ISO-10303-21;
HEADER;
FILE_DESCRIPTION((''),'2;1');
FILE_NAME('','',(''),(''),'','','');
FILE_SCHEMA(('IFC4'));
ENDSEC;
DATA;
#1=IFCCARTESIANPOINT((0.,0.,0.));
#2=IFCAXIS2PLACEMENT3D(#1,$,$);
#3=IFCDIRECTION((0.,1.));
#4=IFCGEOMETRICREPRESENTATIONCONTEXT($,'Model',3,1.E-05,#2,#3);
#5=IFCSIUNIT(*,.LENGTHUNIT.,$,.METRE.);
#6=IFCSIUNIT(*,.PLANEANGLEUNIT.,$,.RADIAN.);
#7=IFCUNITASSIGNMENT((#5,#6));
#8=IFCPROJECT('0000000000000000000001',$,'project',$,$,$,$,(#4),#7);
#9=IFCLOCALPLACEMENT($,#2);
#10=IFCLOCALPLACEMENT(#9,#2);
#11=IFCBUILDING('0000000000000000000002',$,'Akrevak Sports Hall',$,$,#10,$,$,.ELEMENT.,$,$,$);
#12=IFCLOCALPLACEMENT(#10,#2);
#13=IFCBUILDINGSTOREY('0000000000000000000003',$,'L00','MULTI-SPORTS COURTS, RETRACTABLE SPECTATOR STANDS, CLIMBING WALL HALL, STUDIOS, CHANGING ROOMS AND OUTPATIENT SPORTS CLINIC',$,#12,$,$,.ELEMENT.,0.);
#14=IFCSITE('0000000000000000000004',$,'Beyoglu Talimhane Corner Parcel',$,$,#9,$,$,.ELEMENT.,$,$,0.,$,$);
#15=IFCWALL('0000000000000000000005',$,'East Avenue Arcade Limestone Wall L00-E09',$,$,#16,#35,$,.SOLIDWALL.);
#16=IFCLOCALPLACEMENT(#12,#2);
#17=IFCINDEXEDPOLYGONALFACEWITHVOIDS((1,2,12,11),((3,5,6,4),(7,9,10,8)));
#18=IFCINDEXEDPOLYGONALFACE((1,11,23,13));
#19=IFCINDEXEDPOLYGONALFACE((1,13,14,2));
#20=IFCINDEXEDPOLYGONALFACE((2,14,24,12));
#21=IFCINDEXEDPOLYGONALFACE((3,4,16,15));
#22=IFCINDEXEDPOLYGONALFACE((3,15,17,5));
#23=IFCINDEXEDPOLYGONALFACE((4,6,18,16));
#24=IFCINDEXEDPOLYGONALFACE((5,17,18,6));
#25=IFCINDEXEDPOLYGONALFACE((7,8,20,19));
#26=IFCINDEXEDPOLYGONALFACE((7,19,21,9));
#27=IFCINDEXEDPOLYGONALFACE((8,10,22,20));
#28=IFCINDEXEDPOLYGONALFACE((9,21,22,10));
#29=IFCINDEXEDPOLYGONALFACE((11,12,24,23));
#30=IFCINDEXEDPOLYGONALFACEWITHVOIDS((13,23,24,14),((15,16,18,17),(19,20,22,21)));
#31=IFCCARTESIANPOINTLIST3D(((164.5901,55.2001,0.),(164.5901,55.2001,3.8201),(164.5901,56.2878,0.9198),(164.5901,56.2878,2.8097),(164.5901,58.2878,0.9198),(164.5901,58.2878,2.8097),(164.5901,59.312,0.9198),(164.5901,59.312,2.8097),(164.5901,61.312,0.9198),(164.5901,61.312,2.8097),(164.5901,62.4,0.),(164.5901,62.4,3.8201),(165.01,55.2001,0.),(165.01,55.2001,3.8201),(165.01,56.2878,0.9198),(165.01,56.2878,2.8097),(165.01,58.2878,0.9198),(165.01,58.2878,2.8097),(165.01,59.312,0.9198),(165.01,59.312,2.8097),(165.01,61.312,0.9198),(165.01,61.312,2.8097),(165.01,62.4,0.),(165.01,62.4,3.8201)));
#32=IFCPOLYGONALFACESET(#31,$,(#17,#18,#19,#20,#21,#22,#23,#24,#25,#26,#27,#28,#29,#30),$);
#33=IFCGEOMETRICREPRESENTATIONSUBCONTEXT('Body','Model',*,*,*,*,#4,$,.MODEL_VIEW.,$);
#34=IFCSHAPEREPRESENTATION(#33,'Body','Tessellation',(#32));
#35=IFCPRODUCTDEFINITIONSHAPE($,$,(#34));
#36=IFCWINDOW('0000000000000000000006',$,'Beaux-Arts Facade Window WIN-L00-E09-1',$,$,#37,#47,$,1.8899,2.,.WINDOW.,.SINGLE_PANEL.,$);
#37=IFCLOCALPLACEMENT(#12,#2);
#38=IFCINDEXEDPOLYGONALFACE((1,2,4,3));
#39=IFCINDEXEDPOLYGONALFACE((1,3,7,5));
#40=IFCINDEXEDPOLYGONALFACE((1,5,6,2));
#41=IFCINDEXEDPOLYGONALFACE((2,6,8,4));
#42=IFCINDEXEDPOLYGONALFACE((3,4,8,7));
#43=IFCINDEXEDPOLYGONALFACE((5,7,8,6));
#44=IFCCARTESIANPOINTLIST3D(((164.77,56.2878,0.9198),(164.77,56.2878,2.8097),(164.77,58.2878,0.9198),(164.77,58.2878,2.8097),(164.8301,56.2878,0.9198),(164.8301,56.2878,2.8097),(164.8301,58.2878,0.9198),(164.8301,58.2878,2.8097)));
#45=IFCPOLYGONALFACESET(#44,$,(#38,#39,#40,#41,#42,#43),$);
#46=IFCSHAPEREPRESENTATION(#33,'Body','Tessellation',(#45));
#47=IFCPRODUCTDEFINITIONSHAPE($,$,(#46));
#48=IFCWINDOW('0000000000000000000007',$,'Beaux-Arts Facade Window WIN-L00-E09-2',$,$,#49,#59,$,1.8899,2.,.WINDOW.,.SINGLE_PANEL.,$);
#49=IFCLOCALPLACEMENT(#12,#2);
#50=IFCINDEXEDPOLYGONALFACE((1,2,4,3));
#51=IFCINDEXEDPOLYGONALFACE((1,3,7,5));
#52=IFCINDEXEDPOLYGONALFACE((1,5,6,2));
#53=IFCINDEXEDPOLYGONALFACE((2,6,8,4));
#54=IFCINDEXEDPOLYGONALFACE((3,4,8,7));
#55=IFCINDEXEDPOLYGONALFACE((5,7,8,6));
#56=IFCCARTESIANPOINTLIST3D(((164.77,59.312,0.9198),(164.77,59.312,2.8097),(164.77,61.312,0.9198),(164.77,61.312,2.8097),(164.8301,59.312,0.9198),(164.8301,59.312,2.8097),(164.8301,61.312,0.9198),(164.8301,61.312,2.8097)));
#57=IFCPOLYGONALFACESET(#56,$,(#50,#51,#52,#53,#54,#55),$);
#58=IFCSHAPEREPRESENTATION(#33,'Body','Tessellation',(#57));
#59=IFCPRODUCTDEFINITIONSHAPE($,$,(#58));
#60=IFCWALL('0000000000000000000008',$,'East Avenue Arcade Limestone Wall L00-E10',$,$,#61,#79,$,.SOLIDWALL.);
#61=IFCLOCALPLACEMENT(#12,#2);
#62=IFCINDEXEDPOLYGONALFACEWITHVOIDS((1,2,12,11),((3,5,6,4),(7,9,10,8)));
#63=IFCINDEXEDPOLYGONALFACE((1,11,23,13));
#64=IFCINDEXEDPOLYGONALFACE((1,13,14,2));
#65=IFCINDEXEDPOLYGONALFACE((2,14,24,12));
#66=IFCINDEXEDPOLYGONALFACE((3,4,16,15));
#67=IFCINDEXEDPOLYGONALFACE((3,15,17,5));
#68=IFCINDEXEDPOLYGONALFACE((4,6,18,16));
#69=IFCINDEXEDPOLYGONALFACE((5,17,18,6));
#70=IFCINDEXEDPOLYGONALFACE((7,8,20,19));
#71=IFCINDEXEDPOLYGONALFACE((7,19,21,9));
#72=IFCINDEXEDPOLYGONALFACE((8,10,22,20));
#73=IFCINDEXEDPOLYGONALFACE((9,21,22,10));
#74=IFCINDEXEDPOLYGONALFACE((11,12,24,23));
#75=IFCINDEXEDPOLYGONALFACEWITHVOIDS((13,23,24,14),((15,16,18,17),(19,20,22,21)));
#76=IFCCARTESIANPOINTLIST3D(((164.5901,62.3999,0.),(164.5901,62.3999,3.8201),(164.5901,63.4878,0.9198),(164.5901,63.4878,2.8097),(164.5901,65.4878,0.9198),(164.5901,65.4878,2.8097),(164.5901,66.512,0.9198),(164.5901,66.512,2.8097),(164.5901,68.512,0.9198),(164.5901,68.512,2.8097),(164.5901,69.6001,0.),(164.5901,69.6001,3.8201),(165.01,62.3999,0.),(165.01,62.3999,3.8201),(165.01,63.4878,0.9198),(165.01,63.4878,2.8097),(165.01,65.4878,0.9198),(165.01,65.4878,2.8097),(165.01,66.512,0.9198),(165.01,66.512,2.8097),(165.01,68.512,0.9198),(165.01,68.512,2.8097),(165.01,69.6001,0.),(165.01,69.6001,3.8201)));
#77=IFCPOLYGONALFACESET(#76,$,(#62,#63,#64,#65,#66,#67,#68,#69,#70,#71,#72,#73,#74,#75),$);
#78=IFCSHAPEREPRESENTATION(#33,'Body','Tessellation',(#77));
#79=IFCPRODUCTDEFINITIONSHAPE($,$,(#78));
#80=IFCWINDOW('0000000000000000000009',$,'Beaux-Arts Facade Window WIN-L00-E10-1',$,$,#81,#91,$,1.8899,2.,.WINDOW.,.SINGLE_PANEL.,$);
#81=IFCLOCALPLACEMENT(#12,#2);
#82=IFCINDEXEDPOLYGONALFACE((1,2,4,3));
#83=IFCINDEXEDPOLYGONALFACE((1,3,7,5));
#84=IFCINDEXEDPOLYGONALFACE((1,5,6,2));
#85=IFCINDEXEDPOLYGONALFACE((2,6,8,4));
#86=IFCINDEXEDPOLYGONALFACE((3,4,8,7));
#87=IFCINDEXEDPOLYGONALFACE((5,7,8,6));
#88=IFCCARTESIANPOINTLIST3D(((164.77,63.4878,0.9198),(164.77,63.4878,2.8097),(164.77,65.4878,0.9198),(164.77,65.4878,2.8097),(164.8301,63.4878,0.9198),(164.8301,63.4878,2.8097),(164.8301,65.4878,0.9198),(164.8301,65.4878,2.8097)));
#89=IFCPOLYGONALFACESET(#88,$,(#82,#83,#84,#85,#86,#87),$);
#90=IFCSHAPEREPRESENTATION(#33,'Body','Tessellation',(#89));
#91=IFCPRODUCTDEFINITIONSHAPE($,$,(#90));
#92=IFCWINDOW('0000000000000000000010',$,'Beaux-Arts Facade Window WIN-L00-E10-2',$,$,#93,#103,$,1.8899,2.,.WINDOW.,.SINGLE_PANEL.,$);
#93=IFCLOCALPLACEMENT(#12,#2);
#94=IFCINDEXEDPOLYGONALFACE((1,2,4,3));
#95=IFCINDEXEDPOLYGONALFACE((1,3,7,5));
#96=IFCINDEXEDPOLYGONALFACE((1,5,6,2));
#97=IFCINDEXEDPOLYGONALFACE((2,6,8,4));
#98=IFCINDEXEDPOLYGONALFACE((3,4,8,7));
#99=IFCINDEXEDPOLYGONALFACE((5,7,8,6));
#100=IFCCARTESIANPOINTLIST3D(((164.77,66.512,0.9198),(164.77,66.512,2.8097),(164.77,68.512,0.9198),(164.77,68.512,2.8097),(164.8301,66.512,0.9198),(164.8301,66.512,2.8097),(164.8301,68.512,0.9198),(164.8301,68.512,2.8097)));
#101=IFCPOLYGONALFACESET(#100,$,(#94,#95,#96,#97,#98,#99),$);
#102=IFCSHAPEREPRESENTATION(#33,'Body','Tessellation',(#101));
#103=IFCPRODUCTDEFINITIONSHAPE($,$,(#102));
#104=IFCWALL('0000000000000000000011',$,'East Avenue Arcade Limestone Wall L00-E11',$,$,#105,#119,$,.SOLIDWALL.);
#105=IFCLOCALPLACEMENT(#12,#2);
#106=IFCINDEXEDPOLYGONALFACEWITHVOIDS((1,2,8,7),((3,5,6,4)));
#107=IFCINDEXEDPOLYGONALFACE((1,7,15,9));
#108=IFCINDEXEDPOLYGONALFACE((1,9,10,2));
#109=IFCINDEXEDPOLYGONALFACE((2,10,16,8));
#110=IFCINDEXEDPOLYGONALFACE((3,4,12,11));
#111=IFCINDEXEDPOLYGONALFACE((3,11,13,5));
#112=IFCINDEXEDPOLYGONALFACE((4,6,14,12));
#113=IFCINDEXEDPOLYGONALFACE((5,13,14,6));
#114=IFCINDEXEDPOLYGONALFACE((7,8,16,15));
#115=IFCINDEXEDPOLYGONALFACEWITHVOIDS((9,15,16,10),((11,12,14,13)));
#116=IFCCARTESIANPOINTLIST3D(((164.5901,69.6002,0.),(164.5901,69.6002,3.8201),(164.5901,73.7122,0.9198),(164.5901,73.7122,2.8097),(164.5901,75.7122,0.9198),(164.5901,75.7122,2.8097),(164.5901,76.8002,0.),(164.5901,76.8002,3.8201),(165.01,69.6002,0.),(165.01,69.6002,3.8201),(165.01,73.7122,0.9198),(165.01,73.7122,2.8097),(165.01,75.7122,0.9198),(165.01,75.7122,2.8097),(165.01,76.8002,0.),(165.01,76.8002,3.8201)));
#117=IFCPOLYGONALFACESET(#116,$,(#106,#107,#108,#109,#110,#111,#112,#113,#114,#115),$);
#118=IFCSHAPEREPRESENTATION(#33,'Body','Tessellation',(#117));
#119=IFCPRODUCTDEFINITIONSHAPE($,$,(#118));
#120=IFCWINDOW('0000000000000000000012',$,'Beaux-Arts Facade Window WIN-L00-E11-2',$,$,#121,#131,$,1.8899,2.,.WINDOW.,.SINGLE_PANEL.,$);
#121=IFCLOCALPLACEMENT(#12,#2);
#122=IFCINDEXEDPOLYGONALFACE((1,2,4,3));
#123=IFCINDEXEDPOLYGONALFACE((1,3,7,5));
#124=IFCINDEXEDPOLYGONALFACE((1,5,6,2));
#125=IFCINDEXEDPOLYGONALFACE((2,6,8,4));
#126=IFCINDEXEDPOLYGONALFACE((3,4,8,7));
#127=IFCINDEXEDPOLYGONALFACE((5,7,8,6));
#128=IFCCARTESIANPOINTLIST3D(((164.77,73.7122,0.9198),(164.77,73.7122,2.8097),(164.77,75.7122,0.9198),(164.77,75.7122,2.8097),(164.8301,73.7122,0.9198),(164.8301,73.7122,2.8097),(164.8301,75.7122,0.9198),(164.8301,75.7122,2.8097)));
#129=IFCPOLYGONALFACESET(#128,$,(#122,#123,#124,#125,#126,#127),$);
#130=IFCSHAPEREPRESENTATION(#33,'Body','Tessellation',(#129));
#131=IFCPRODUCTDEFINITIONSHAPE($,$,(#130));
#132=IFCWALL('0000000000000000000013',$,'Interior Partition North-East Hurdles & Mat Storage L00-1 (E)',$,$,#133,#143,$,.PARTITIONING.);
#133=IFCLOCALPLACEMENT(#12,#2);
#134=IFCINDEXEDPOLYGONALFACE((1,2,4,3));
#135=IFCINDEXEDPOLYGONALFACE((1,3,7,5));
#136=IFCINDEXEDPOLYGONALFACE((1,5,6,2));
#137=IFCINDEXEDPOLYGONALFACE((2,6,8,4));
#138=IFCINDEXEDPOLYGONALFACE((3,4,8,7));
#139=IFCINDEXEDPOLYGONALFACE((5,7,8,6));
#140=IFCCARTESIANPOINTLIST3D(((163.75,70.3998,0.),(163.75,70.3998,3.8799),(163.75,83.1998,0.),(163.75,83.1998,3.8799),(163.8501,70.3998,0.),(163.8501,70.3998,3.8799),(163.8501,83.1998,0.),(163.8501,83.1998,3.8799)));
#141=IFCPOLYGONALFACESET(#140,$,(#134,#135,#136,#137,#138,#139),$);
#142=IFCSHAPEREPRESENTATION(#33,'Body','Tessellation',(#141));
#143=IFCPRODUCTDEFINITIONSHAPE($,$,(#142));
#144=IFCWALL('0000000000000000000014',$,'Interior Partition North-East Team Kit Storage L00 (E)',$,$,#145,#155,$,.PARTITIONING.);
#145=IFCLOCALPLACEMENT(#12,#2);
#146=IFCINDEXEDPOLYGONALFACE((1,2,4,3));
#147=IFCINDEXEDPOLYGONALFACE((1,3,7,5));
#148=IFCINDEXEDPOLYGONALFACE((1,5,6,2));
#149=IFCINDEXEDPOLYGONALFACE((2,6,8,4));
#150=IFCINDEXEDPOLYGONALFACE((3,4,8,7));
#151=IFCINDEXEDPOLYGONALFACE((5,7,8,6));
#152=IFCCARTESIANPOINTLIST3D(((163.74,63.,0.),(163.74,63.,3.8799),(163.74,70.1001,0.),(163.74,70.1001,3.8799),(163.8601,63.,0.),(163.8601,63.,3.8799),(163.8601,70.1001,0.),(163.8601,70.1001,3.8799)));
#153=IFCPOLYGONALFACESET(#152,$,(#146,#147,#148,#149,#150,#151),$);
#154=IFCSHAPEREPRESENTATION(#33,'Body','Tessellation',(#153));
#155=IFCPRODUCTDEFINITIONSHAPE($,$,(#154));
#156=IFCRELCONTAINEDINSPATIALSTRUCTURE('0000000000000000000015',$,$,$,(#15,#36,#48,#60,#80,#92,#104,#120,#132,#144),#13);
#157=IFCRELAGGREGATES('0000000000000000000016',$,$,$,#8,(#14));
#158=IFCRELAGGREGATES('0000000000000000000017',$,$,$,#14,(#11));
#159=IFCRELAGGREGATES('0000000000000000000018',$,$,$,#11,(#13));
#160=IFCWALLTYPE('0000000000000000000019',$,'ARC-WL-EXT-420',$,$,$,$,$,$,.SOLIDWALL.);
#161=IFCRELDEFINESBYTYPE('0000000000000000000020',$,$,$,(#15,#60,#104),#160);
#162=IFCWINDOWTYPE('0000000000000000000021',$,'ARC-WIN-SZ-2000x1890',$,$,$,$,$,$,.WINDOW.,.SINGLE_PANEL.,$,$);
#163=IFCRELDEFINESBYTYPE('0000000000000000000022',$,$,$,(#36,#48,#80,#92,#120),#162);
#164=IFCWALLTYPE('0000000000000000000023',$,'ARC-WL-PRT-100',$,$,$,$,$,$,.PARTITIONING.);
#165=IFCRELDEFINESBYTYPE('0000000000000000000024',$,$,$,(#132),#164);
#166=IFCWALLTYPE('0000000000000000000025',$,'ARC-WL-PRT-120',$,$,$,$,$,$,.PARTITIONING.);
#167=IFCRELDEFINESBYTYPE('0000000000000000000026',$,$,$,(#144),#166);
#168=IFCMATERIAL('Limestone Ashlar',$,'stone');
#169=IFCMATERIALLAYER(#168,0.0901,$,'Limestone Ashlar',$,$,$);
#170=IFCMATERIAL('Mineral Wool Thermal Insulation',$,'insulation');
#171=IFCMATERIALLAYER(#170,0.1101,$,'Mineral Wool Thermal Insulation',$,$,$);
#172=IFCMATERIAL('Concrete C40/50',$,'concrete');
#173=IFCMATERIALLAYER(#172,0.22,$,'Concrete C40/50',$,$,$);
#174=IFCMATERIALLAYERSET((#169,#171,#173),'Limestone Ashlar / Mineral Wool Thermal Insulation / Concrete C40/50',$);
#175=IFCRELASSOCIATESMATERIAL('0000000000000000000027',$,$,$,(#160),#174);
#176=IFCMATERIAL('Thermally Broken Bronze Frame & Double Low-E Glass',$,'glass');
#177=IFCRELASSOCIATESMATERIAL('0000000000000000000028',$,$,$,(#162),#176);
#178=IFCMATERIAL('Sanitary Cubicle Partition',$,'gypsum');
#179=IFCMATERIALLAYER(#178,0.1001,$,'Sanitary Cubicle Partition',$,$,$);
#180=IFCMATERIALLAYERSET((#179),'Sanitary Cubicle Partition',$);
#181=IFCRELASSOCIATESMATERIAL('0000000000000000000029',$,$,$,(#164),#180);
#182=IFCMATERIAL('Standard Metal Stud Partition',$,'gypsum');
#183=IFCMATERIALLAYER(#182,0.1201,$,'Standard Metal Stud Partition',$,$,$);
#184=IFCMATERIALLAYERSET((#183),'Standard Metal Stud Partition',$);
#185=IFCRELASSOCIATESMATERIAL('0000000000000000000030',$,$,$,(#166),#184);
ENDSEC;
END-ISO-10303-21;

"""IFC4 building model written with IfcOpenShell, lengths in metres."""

from ifc_helpers import new_model, si_unit, direction, frame, frame_2d, origin, place, context, subcontext, project, spatial, rectangle, extrude, material, layer, layer_set, type_object, element, fill, save


model = new_model("IFC4")

# Units and contexts
model_context = context("Model", 3, precision=1e-05, world=origin(), true_north=direction((0.0, 1.0)))
body_context = subcontext(model_context, "Body", "Model", "MODEL_VIEW")
ifc_project = project(units=[si_unit("LENGTHUNIT", "METRE"), si_unit("PLANEANGLEUNIT", "RADIAN")], contexts=[model_context])

# Site, building, storey
site_placement = place(None, origin())
site = spatial("IfcSite", under=ifc_project, at=site_placement, Name="Beyoglu Talimhane Corner Parcel", CompositionType="ELEMENT", RefElevation=0.0)
building_placement = place(site_placement, origin())
building = spatial("IfcBuilding", under=site, at=building_placement, Name="Akrevak Sports Hall", CompositionType="ELEMENT")
storey_placement = place(building_placement, origin())
storey = spatial("IfcBuildingStorey", under=building, at=storey_placement, Name="L00", Description="MULTI-SPORTS COURTS, RETRACTABLE SPECTATOR STANDS, CLIMBING WALL HALL, STUDIOS, CHANGING ROOMS AND OUTPATIENT SPORTS CLINIC", CompositionType="ELEMENT", Elevation=0.0)

# Shared definitions
ifc_material_1 = material(Name="Concrete C40/50", Category="concrete")

# Walls, openings, windows
ifc_material_2 = material(Name="Limestone Ashlar", Category="stone")
ifc_layer_1 = layer(ifc_material_2, 0.0901, Name="Limestone Ashlar")
ifc_material_3 = material(Name="Mineral Wool Thermal Insulation", Category="insulation")
ifc_layer_2 = layer(ifc_material_3, 0.1101, Name="Mineral Wool Thermal Insulation")
ifc_layer_3 = layer(ifc_material_1, 0.22, Name="Concrete C40/50")
ifc_layer_set_1 = layer_set([ifc_layer_1, ifc_layer_2, ifc_layer_3], Name="Limestone Ashlar / Mineral Wool Thermal Insulation / Concrete C40/50")
wall_type_1 = type_object("IfcWallType", Name="ARC-WL-EXT-420", PredefinedType="SOLIDWALL", material=ifc_layer_set_1)
wall_1_placement = place(storey_placement, frame((164.8, 55.2, 0.0), z_axis=(0.0, 0.0, 1.0), x_axis=(0.0, 1.0, 0.0)))
wall_1 = element("IfcWall", 1, at=wall_1_placement, inside=storey, type_object=wall_type_1, Name="East Avenue Arcade Limestone Wall L00-E09", PredefinedType="SOLIDWALL", context=body_context, shape_type="SweptSolid", body=[
    extrude(rectangle(XDim=7.2, YDim=0.4199, at=frame_2d((3.6001, 0.0))), origin(), (0.0, 0.0, 1.0), 3.8201),
])
opening_1_placement = place(wall_1_placement, frame((1.0879, 0.0, 0.9199)))
opening_1 = element("IfcOpeningElement", 2, at=opening_1_placement, cuts=wall_1, PredefinedType="OPENING", context=body_context, shape_type="SweptSolid", body=[
    extrude(rectangle(XDim=2.0, YDim=1.8899, at=frame_2d((1.0, 0.9448))), frame((0.0, 0.2219, 0.0), z_axis=(0.0, -1.0, 0.0), x_axis=(1.0, 0.0, 0.0)), (0.0, 0.0, 1.0), 0.4438),
])
opening_2_placement = place(wall_1_placement, frame((4.1121, 0.0, 0.9199)))
opening_2 = element("IfcOpeningElement", 3, at=opening_2_placement, cuts=wall_1, PredefinedType="OPENING", context=body_context, shape_type="SweptSolid", body=[
    extrude(rectangle(XDim=2.0, YDim=1.8899, at=frame_2d((1.0, 0.9448))), frame((0.0, 0.2219, 0.0), z_axis=(0.0, -1.0, 0.0), x_axis=(1.0, 0.0, 0.0)), (0.0, 0.0, 1.0), 0.4438),
])
ifc_material_4 = material(Name="Thermally Broken Bronze Frame & Double Low-E Glass", Category="glass")
window_type = type_object("IfcWindowType", Name="ARC-WIN-SZ-2000x1890", PartitioningType="SINGLE_PANEL", PredefinedType="WINDOW", material=ifc_material_4)
window_1_placement = place(opening_1_placement, origin())
window_1 = element("IfcWindow", 4, at=window_1_placement, inside=storey, type_object=window_type, Name="Beaux-Arts Facade Window WIN-L00-E09-1", OverallHeight=1.8899, OverallWidth=2.0, PartitioningType="SINGLE_PANEL", PredefinedType="WINDOW", context=body_context, shape_type="SweptSolid", body=[
    extrude(rectangle(XDim=2.0, YDim=1.8899, at=frame_2d((1.0, 0.9448))), frame((0.0, 0.03, 0.0), z_axis=(0.0, -1.0, 0.0), x_axis=(1.0, 0.0, 0.0)), (0.0, 0.0, 1.0), 0.0601),
])
fill(opening_1, window_1)
window_2_placement = place(opening_2_placement, origin())
window_2 = element("IfcWindow", 5, at=window_2_placement, inside=storey, type_object=window_type, Name="Beaux-Arts Facade Window WIN-L00-E09-2", OverallHeight=1.8899, OverallWidth=2.0, PartitioningType="SINGLE_PANEL", PredefinedType="WINDOW", context=body_context, shape_type="SweptSolid", body=[
    extrude(rectangle(XDim=2.0, YDim=1.8899, at=frame_2d((1.0, 0.9448))), frame((0.0, 0.03, 0.0), z_axis=(0.0, -1.0, 0.0), x_axis=(1.0, 0.0, 0.0)), (0.0, 0.0, 1.0), 0.0601),
])
fill(opening_2, window_2)
wall_2_placement = place(storey_placement, frame((164.8, 62.3999, 0.0), z_axis=(0.0, 0.0, 1.0), x_axis=(0.0, 1.0, 0.0)))
wall_2 = element("IfcWall", 6, at=wall_2_placement, inside=storey, type_object=wall_type_1, Name="East Avenue Arcade Limestone Wall L00-E10", PredefinedType="SOLIDWALL", context=body_context, shape_type="SweptSolid", body=[
    extrude(rectangle(XDim=7.2002, YDim=0.4199, at=frame_2d((3.6001, 0.0))), origin(), (0.0, 0.0, 1.0), 3.8201),
])
opening_3_placement = place(wall_2_placement, frame((1.0879, 0.0, 0.9199)))
opening_3 = element("IfcOpeningElement", 7, at=opening_3_placement, cuts=wall_2, PredefinedType="OPENING", context=body_context, shape_type="SweptSolid", body=[
    extrude(rectangle(XDim=2.0, YDim=1.8899, at=frame_2d((1.0, 0.9448))), frame((0.0, 0.2219, 0.0), z_axis=(0.0, -1.0, 0.0), x_axis=(1.0, 0.0, 0.0)), (0.0, 0.0, 1.0), 0.4438),
])
opening_4_placement = place(wall_2_placement, frame((4.1121, 0.0, 0.9199)))
opening_4 = element("IfcOpeningElement", 8, at=opening_4_placement, cuts=wall_2, PredefinedType="OPENING", context=body_context, shape_type="SweptSolid", body=[
    extrude(rectangle(XDim=2.0, YDim=1.8899, at=frame_2d((1.0, 0.9448))), frame((0.0, 0.2219, 0.0), z_axis=(0.0, -1.0, 0.0), x_axis=(1.0, 0.0, 0.0)), (0.0, 0.0, 1.0), 0.4438),
])
window_3_placement = place(opening_3_placement, origin())
window_3 = element("IfcWindow", 9, at=window_3_placement, inside=storey, type_object=window_type, Name="Beaux-Arts Facade Window WIN-L00-E10-1", OverallHeight=1.8899, OverallWidth=2.0, PartitioningType="SINGLE_PANEL", PredefinedType="WINDOW", context=body_context, shape_type="SweptSolid", body=[
    extrude(rectangle(XDim=2.0, YDim=1.8899, at=frame_2d((1.0, 0.9448))), frame((0.0, 0.03, 0.0), z_axis=(0.0, -1.0, 0.0), x_axis=(1.0, 0.0, 0.0)), (0.0, 0.0, 1.0), 0.0601),
])
fill(opening_3, window_3)
window_4_placement = place(opening_4_placement, origin())
window_4 = element("IfcWindow", 10, at=window_4_placement, inside=storey, type_object=window_type, Name="Beaux-Arts Facade Window WIN-L00-E10-2", OverallHeight=1.8899, OverallWidth=2.0, PartitioningType="SINGLE_PANEL", PredefinedType="WINDOW", context=body_context, shape_type="SweptSolid", body=[
    extrude(rectangle(XDim=2.0, YDim=1.8899, at=frame_2d((1.0, 0.9448))), frame((0.0, 0.03, 0.0), z_axis=(0.0, -1.0, 0.0), x_axis=(1.0, 0.0, 0.0)), (0.0, 0.0, 1.0), 0.0601),
])
fill(opening_4, window_4)

# Wall, opening, window
wall_3_placement = place(storey_placement, frame((164.8, 69.6001, 0.0), z_axis=(0.0, 0.0, 1.0), x_axis=(0.0, 1.0, 0.0)))
wall_3 = element("IfcWall", 11, at=wall_3_placement, inside=storey, type_object=wall_type_1, Name="East Avenue Arcade Limestone Wall L00-E11", PredefinedType="SOLIDWALL", context=body_context, shape_type="SweptSolid", body=[
    extrude(rectangle(XDim=7.2, YDim=0.4199, at=frame_2d((3.6001, 0.0))), origin(), (0.0, 0.0, 1.0), 3.8201),
])
opening_5_placement = place(wall_3_placement, frame((4.1121, 0.0, 0.9199)))
opening_5 = element("IfcOpeningElement", 12, at=opening_5_placement, cuts=wall_3, PredefinedType="OPENING", context=body_context, shape_type="SweptSolid", body=[
    extrude(rectangle(XDim=2.0, YDim=1.8899, at=frame_2d((1.0, 0.9448))), frame((0.0, 0.2219, 0.0), z_axis=(0.0, -1.0, 0.0), x_axis=(1.0, 0.0, 0.0)), (0.0, 0.0, 1.0), 0.4438),
])
window_5_placement = place(opening_5_placement, origin())
window_5 = element("IfcWindow", 13, at=window_5_placement, inside=storey, type_object=window_type, Name="Beaux-Arts Facade Window WIN-L00-E11-2", OverallHeight=1.8899, OverallWidth=2.0, PartitioningType="SINGLE_PANEL", PredefinedType="WINDOW", context=body_context, shape_type="SweptSolid", body=[
    extrude(rectangle(XDim=2.0, YDim=1.8899, at=frame_2d((1.0, 0.9448))), frame((0.0, 0.03, 0.0), z_axis=(0.0, -1.0, 0.0), x_axis=(1.0, 0.0, 0.0)), (0.0, 0.0, 1.0), 0.0601),
])
fill(opening_5, window_5)

# Walls
ifc_material_5 = material(Name="Sanitary Cubicle Partition", Category="gypsum")
ifc_layer_4 = layer(ifc_material_5, 0.1001, Name="Sanitary Cubicle Partition")
ifc_layer_set_2 = layer_set([ifc_layer_4], Name="Sanitary Cubicle Partition")
wall_type_2 = type_object("IfcWallType", Name="ARC-WL-PRT-100", PredefinedType="PARTITIONING", material=ifc_layer_set_2)
wall_4_placement = place(storey_placement, frame((163.8, 70.3999, 0.0), z_axis=(0.0, 0.0, 1.0), x_axis=(0.0, 1.0, 0.0)))
element("IfcWall", 14, at=wall_4_placement, inside=storey, type_object=wall_type_2, Name="Interior Partition North-East Hurdles & Mat Storage L00-1 (E)", PredefinedType="PARTITIONING", context=body_context, shape_type="SweptSolid", body=[
    extrude(rectangle(XDim=12.8, YDim=0.1001, at=frame_2d((6.3999, 0.0))), origin(), (0.0, 0.0, 1.0), 3.8799),
])
ifc_material_6 = material(Name="Standard Metal Stud Partition", Category="gypsum")
ifc_layer_5 = layer(ifc_material_6, 0.1201, Name="Standard Metal Stud Partition")
ifc_layer_set_3 = layer_set([ifc_layer_5], Name="Standard Metal Stud Partition")
wall_type_3 = type_object("IfcWallType", Name="ARC-WL-PRT-120", PredefinedType="PARTITIONING", material=ifc_layer_set_3)
wall_5_placement = place(storey_placement, frame((163.8, 63.0, 0.0), z_axis=(0.0, 0.0, 1.0), x_axis=(0.0, 1.0, 0.0)))
element("IfcWall", 15, at=wall_5_placement, inside=storey, type_object=wall_type_3, Name="Interior Partition North-East Team Kit Storage L00 (E)", PredefinedType="PARTITIONING", context=body_context, shape_type="SweptSolid", body=[
    extrude(rectangle(XDim=7.1001, YDim=0.1201, at=frame_2d((3.55, 0.0))), origin(), (0.0, 0.0, 1.0), 3.8799),
])

save(model, "model.ifc")
